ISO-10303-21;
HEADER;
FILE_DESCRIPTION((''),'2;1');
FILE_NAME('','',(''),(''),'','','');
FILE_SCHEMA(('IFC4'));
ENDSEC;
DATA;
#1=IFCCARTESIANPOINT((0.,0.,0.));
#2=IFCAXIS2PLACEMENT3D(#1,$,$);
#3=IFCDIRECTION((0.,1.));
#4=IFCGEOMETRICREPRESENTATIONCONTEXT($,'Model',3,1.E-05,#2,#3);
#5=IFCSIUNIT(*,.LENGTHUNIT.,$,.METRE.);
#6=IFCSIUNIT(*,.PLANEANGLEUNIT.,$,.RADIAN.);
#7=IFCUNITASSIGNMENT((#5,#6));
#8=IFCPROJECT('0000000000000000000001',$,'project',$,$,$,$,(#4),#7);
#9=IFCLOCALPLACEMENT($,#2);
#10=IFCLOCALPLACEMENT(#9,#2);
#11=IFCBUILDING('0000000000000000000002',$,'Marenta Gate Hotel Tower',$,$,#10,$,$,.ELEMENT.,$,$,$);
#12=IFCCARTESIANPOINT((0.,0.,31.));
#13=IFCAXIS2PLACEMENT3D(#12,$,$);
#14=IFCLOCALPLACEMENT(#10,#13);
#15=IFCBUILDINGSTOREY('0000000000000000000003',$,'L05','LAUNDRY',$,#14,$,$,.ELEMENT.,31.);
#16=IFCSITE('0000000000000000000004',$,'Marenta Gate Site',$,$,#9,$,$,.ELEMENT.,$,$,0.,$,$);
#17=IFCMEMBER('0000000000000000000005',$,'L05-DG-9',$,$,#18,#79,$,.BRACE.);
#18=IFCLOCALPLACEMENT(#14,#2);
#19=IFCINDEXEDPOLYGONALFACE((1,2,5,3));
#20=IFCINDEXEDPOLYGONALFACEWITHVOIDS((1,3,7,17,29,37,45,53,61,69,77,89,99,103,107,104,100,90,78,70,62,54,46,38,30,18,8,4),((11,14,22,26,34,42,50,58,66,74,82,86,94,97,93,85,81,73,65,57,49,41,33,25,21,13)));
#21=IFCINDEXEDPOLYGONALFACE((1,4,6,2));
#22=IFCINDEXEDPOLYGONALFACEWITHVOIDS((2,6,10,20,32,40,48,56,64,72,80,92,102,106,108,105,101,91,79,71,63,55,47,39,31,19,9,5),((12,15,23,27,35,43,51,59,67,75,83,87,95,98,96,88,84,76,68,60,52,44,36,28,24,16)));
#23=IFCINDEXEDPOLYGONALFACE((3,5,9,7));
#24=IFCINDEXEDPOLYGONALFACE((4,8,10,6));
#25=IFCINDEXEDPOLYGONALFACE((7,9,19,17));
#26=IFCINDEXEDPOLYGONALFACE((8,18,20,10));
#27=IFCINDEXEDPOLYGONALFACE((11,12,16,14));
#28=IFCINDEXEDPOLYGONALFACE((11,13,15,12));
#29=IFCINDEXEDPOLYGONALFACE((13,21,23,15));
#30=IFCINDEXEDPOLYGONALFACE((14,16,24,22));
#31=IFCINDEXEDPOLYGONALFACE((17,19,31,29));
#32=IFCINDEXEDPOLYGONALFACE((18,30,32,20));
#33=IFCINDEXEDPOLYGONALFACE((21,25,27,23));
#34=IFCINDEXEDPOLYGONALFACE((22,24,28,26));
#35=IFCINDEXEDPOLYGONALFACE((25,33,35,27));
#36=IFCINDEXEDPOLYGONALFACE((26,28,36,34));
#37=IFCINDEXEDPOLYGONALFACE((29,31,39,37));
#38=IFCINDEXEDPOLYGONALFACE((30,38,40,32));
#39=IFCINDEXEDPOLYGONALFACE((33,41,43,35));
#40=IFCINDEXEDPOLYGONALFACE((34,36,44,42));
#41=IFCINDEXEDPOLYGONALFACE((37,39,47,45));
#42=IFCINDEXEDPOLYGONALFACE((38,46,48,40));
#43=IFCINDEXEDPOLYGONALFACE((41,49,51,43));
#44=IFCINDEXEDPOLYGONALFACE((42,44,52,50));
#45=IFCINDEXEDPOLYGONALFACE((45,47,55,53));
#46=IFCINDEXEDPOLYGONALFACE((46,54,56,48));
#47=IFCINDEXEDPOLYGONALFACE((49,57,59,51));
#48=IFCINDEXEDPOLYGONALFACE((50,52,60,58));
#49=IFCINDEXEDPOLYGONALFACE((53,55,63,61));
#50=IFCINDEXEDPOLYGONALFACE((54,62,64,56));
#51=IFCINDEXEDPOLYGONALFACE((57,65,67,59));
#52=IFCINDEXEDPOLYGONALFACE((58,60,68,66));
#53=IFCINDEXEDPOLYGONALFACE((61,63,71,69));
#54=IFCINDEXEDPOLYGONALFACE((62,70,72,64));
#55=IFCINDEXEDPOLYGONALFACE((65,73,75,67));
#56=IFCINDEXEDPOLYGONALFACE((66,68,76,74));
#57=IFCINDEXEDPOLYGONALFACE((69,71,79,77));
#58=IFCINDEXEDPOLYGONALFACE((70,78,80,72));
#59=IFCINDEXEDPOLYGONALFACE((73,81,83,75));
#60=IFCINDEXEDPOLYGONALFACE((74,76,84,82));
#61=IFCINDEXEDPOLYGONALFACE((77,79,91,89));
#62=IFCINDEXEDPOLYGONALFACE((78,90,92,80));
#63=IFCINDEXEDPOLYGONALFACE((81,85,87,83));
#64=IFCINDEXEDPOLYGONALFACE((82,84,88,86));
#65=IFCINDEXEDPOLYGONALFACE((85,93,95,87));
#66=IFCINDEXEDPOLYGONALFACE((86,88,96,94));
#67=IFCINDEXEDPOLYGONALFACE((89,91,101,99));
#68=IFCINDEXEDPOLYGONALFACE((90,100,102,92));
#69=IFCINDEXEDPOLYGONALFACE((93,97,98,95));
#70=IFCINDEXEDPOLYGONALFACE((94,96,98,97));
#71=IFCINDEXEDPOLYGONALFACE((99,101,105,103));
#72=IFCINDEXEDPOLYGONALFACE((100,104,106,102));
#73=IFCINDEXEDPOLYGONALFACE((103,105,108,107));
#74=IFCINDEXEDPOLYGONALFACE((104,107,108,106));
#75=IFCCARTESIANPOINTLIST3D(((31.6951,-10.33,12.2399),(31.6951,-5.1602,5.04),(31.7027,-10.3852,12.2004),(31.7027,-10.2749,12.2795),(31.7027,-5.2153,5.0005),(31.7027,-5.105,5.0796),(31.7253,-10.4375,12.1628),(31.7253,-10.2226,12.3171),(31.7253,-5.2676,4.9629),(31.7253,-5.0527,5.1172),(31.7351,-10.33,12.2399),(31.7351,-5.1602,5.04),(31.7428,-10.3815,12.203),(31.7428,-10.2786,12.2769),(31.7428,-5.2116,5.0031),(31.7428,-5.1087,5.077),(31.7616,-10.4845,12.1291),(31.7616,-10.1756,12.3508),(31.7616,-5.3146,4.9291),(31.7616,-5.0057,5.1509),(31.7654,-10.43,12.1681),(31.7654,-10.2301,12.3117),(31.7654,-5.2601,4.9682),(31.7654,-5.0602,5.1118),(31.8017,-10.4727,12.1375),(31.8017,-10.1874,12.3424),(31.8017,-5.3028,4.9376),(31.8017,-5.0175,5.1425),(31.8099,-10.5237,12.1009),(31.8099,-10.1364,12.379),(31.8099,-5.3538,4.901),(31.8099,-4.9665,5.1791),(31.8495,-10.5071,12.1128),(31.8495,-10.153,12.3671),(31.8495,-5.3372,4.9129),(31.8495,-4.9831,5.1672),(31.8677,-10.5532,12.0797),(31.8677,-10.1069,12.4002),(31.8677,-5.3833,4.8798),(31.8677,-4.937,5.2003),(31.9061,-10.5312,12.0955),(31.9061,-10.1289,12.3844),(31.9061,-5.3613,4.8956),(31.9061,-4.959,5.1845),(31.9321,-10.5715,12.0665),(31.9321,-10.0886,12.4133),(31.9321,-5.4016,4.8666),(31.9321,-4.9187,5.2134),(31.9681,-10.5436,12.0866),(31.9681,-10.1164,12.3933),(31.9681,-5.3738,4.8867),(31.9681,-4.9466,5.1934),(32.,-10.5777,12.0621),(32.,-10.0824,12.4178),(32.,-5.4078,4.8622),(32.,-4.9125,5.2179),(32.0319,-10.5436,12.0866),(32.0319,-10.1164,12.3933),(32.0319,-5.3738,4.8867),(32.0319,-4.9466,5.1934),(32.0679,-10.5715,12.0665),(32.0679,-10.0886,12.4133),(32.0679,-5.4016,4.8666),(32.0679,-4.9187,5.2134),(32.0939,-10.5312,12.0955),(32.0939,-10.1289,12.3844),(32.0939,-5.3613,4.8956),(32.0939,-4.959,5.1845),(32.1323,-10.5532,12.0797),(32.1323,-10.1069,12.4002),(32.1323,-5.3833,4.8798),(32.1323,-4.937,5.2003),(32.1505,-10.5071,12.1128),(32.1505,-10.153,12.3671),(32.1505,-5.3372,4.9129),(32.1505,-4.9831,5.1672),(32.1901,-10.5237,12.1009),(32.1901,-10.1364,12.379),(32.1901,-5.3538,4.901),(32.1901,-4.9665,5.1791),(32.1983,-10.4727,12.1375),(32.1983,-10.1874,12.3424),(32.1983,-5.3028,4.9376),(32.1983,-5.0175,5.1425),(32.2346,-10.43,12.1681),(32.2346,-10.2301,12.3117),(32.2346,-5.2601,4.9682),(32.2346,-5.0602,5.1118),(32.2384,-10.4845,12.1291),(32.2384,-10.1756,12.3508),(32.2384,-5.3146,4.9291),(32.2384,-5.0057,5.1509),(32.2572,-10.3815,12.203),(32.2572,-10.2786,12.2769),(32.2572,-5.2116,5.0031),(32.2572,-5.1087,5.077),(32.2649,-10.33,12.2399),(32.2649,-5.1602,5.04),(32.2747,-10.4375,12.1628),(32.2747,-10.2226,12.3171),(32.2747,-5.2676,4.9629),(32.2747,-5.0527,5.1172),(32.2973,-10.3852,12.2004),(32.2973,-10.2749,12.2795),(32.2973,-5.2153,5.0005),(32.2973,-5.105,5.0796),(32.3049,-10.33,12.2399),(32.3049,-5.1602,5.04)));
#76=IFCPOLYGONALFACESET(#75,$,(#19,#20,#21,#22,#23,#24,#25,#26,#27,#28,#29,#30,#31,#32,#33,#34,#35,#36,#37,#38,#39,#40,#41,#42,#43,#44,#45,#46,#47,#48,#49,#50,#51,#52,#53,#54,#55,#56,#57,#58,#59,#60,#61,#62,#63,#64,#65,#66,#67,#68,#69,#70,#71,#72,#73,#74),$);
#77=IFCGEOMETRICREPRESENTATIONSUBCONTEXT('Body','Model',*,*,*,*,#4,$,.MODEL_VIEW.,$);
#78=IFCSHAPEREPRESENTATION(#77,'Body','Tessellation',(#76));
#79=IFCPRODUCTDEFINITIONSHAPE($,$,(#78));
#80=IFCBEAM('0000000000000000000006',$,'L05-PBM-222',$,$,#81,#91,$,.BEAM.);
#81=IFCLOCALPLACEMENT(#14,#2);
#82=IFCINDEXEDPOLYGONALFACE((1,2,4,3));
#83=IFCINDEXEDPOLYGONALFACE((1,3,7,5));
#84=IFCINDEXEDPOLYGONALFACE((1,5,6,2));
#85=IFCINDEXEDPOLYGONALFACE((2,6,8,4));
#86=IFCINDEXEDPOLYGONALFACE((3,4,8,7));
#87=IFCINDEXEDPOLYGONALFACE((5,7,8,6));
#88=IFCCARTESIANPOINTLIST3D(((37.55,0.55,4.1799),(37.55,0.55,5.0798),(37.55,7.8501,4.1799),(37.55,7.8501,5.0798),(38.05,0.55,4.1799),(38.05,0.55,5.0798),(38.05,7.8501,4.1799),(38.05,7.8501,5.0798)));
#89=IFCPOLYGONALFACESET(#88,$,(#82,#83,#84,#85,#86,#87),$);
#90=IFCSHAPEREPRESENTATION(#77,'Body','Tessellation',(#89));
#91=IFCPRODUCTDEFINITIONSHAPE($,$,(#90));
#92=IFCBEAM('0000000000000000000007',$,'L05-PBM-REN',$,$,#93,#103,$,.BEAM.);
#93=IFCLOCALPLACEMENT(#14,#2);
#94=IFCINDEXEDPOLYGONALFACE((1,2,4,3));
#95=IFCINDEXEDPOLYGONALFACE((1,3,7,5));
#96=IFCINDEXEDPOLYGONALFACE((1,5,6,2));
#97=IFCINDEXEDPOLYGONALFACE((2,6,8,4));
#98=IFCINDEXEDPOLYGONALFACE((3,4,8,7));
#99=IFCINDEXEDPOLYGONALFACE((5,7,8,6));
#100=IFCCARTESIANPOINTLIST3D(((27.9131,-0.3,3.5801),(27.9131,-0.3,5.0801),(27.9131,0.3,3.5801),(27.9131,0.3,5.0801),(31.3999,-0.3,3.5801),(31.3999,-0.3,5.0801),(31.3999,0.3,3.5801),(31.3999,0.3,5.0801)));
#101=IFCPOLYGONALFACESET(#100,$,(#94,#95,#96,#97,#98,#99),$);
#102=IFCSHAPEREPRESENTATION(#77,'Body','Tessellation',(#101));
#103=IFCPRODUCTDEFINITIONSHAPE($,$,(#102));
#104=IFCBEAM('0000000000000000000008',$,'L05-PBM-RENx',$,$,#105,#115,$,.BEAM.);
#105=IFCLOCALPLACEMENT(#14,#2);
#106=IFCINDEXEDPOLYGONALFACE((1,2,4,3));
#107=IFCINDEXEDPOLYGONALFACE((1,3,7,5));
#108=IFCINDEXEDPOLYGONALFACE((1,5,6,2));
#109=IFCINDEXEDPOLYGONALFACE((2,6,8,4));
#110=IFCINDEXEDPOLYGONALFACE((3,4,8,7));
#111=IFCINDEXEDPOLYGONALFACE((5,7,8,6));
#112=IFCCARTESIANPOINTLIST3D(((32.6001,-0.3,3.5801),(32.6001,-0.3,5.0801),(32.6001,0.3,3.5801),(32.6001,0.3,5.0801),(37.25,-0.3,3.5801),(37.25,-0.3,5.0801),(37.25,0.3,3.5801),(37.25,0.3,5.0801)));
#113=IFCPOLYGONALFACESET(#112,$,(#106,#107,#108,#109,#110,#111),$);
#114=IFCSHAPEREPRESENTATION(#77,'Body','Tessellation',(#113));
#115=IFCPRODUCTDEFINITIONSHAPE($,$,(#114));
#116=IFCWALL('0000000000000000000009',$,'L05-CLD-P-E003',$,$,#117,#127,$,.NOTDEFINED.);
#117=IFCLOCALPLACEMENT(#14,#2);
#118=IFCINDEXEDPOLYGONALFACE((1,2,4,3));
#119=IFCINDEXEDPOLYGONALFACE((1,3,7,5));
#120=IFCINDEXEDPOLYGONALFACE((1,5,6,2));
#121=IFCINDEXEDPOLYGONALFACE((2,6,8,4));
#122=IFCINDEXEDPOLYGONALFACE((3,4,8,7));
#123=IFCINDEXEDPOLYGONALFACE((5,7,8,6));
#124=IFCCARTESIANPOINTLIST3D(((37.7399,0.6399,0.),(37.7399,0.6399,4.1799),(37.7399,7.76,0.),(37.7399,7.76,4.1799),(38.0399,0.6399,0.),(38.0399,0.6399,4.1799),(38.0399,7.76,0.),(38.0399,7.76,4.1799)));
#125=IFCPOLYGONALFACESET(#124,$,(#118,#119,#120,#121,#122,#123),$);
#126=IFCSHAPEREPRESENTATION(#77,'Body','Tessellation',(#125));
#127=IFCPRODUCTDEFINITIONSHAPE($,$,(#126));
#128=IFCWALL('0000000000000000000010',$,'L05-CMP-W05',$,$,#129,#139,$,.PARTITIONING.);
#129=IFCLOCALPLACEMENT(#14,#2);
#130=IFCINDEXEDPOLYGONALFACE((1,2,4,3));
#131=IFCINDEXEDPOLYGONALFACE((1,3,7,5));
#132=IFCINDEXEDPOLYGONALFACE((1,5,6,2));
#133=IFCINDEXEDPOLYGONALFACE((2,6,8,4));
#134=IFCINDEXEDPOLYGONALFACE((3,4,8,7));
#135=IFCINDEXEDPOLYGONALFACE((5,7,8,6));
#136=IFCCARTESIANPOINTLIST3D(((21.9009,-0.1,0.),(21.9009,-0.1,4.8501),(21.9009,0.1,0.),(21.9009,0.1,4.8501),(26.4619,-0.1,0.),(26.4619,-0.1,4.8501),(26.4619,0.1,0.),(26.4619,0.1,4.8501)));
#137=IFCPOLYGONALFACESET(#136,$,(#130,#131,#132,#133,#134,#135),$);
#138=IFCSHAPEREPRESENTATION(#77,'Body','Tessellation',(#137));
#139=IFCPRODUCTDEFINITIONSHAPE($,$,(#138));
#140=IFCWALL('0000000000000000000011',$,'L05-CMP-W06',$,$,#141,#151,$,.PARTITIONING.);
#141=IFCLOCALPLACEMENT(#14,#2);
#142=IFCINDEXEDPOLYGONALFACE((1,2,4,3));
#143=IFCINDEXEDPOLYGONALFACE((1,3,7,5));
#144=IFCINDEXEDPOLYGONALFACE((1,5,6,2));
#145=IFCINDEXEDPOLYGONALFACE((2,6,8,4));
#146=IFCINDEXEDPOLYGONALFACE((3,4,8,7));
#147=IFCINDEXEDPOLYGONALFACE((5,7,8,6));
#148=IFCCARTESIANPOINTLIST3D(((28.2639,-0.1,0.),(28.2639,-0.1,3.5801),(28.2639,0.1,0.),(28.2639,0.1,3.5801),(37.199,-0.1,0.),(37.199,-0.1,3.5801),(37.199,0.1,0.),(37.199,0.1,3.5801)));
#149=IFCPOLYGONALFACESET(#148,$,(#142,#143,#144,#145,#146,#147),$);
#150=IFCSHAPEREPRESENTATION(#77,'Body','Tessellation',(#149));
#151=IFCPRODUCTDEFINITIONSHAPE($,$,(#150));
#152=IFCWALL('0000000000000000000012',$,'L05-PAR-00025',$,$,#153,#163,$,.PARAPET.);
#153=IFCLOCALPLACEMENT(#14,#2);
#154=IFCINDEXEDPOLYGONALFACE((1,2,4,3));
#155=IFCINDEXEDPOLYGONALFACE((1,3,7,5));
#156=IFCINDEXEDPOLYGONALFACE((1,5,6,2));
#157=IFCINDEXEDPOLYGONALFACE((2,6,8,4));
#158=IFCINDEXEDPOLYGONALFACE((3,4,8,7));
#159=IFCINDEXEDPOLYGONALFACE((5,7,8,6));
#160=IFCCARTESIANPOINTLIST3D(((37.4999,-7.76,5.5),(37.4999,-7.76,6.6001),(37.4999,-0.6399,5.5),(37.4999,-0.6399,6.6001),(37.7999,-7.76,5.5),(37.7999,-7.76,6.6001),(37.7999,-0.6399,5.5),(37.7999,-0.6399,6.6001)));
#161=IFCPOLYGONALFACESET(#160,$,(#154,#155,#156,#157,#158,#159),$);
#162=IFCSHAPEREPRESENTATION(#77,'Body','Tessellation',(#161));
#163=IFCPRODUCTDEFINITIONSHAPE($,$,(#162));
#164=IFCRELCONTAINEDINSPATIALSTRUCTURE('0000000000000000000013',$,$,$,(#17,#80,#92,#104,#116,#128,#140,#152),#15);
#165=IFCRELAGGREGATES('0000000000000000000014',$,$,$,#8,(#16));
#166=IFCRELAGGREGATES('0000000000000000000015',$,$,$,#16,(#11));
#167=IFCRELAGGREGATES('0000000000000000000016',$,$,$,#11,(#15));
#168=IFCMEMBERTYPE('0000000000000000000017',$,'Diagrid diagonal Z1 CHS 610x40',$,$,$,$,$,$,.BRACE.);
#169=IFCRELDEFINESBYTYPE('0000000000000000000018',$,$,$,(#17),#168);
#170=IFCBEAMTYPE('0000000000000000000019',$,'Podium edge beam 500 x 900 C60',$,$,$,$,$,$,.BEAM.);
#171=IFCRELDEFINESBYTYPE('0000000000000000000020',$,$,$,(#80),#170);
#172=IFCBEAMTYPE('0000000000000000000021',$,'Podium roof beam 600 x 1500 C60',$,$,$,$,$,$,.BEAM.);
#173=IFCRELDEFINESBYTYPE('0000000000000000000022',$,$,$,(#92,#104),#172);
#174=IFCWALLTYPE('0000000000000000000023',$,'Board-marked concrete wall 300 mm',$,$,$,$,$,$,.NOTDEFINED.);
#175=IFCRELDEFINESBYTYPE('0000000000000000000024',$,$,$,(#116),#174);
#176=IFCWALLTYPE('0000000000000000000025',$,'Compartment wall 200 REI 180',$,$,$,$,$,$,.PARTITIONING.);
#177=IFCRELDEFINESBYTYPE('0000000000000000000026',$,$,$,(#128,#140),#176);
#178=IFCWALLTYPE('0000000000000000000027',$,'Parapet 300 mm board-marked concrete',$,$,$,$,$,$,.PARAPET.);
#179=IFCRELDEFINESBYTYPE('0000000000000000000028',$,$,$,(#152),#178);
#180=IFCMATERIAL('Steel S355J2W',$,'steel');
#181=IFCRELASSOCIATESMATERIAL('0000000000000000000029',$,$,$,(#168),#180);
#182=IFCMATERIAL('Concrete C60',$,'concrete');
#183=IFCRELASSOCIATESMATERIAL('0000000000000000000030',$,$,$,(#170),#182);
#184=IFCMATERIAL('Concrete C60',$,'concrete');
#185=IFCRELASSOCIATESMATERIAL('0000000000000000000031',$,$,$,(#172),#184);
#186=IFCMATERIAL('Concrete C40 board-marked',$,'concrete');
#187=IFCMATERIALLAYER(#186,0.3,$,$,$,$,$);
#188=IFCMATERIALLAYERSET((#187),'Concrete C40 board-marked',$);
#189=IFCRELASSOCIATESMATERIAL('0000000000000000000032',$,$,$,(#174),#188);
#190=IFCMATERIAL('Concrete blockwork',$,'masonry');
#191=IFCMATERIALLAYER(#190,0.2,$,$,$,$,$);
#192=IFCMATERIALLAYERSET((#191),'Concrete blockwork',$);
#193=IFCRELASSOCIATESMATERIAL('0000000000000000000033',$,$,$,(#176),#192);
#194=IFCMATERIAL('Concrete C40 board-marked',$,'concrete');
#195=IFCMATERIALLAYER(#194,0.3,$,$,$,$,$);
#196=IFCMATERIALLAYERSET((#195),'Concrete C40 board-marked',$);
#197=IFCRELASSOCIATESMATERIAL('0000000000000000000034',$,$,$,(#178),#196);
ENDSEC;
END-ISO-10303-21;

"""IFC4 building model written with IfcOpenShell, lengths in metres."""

from ifc_helpers import new_model, si_unit, direction, frame, frame_2d, origin, origin_2d, place, context, subcontext, project, spatial, rectangle, hollow_circle, extrude, material, layer, layer_set, material_profile, profile_set, type_object, element, save


model = new_model("IFC4")

# Units and contexts
model_context = context("Model", 3, precision=1e-05, world=origin(), true_north=direction((0.0, 1.0)))
body_context = subcontext(model_context, "Body", "Model", "MODEL_VIEW")
ifc_project = project(units=[si_unit("LENGTHUNIT", "METRE"), si_unit("PLANEANGLEUNIT", "RADIAN")], contexts=[model_context])

# Site, building, storey
site_placement = place(None, origin())
site = spatial("IfcSite", under=ifc_project, at=site_placement, Name="Marenta Gate Site", CompositionType="ELEMENT", RefElevation=0.0)
building_placement = place(site_placement, origin())
building = spatial("IfcBuilding", under=site, at=building_placement, Name="Marenta Gate Hotel Tower", CompositionType="ELEMENT")
storey_placement = place(building_placement, frame((0.0, 0.0, 31.0)))
storey = spatial("IfcBuildingStorey", under=building, at=storey_placement, Name="L05", Description="LAUNDRY", CompositionType="ELEMENT", Elevation=31.0)

# Member
ifc_material_1 = material(Name="Steel S355J2W", Category="steel")
ifc_material_profile_1 = material_profile(ifc_material_1, hollow_circle(Radius=0.3049, WallThickness=0.04, at=origin_2d()), Name="CHS 610x40")
ifc_profile_set_1 = profile_set([ifc_material_profile_1], Name="Steel S355J2W")
member_type = type_object("IfcMemberType", Name="Diagrid diagonal Z1 CHS 610x40", PredefinedType="BRACE", material=ifc_profile_set_1)
member_1_placement = place(storey_placement, frame((32.0, -5.1602, 5.04), z_axis=(0.0, -0.583261, 0.812285), x_axis=(1.0, 0.0, 0.0)))
element("IfcMember", 1, at=member_1_placement, inside=storey, type_object=member_type, Name="L05-DG-9", PredefinedType="BRACE", context=body_context, shape_type="SweptSolid", body=[
    extrude(hollow_circle(Radius=0.3049, WallThickness=0.04, at=origin_2d()), origin(), (0.0, 0.0, 1.0), 8.8638),
])

# Beams
ifc_material_2 = material(Name="Concrete C60", Category="concrete")
ifc_material_profile_2 = material_profile(ifc_material_2, rectangle(XDim=0.5, YDim=0.8999, at=origin_2d()), Name="500 x 900")
ifc_profile_set_2 = profile_set([ifc_material_profile_2], Name="Concrete C60")
beam_type_1 = type_object("IfcBeamType", Name="Podium edge beam 500 x 900 C60", PredefinedType="BEAM", material=ifc_profile_set_2)
beam_1_placement = place(storey_placement, frame((37.8, 0.55, 4.6299), z_axis=(0.0, 1.0, 0.0), x_axis=(-1.0, 0.0, 0.0)))
element("IfcBeam", 2, at=beam_1_placement, inside=storey, type_object=beam_type_1, Name="L05-PBM-222", PredefinedType="BEAM", context=body_context, shape_type="SweptSolid", body=[
    extrude(rectangle(XDim=0.5, YDim=0.8999, at=origin_2d()), origin(), (0.0, 0.0, 1.0), 7.3),
])
ifc_material_3 = material(Name="Concrete C60", Category="concrete")
ifc_material_profile_3 = material_profile(ifc_material_3, rectangle(XDim=0.6001, YDim=1.5, at=origin_2d()), Name="600 x 1500")
ifc_profile_set_3 = profile_set([ifc_material_profile_3], Name="Concrete C60")
beam_type_2 = type_object("IfcBeamType", Name="Podium roof beam 600 x 1500 C60", PredefinedType="BEAM", material=ifc_profile_set_3)
beam_2_placement = place(storey_placement, frame((27.9131, 0.0, 4.3301), z_axis=(1.0, 0.0, 0.0), x_axis=(0.0, 1.0, 0.0)))
element("IfcBeam", 3, at=beam_2_placement, inside=storey, type_object=beam_type_2, Name="L05-PBM-REN", PredefinedType="BEAM", context=body_context, shape_type="SweptSolid", body=[
    extrude(rectangle(XDim=0.6001, YDim=1.5, at=origin_2d()), origin(), (0.0, 0.0, 1.0), 3.4868),
])
beam_3_placement = place(storey_placement, frame((32.6001, 0.0, 4.3301), z_axis=(1.0, 0.0, 0.0), x_axis=(0.0, 1.0, 0.0)))
element("IfcBeam", 4, at=beam_3_placement, inside=storey, type_object=beam_type_2, Name="L05-PBM-RENx", PredefinedType="BEAM", context=body_context, shape_type="SweptSolid", body=[
    extrude(rectangle(XDim=0.6001, YDim=1.5, at=origin_2d()), origin(), (0.0, 0.0, 1.0), 4.6499),
])

# Walls
ifc_material_4 = material(Name="Concrete C40 board-marked", Category="concrete")
ifc_layer_1 = layer(ifc_material_4, 0.3)
ifc_layer_set_1 = layer_set([ifc_layer_1], Name="Concrete C40 board-marked")
wall_type_1 = type_object("IfcWallType", Name="Board-marked concrete wall 300 mm", PredefinedType="NOTDEFINED", material=ifc_layer_set_1)
wall_1_placement = place(storey_placement, frame((37.8899, 0.6399, 0.0), z_axis=(0.0, 0.0, 1.0), x_axis=(0.0, 1.0, 0.0)))
element("IfcWall", 5, at=wall_1_placement, inside=storey, type_object=wall_type_1, Name="L05-CLD-P-E003", PredefinedType="NOTDEFINED", context=body_context, shape_type="SweptSolid", body=[
    extrude(rectangle(XDim=7.1201, YDim=0.3, at=frame_2d((3.5601, 0.0))), origin(), (0.0, 0.0, 1.0), 4.1799),
])
ifc_material_5 = material(Name="Concrete blockwork", Category="masonry")
ifc_layer_2 = layer(ifc_material_5, 0.2)
ifc_layer_set_2 = layer_set([ifc_layer_2], Name="Concrete blockwork")
wall_type_2 = type_object("IfcWallType", Name="Compartment wall 200 REI 180", PredefinedType="PARTITIONING", material=ifc_layer_set_2)
wall_2_placement = place(storey_placement, frame((21.9009, 0.0, 0.0), z_axis=(0.0, 0.0, 1.0), x_axis=(1.0, 0.0, 0.0)))
element("IfcWall", 6, at=wall_2_placement, inside=storey, type_object=wall_type_2, Name="L05-CMP-W05", PredefinedType="PARTITIONING", context=body_context, shape_type="SweptSolid", body=[
    extrude(rectangle(XDim=4.561, YDim=0.2, at=frame_2d((2.2805, 0.0))), origin(), (0.0, 0.0, 1.0), 4.8501),
])
wall_3_placement = place(storey_placement, frame((28.2639, 0.0, 0.0), z_axis=(0.0, 0.0, 1.0), x_axis=(1.0, 0.0, 0.0)))
element("IfcWall", 7, at=wall_3_placement, inside=storey, type_object=wall_type_2, Name="L05-CMP-W06", PredefinedType="PARTITIONING", context=body_context, shape_type="SweptSolid", body=[
    extrude(rectangle(XDim=8.9351, YDim=0.2, at=frame_2d((4.4675, 0.0))), origin(), (0.0, 0.0, 1.0), 3.5801),
])
ifc_material_6 = material(Name="Concrete C40 board-marked", Category="concrete")
ifc_layer_3 = layer(ifc_material_6, 0.3)
ifc_layer_set_3 = layer_set([ifc_layer_3], Name="Concrete C40 board-marked")
wall_type_3 = type_object("IfcWallType", Name="Parapet 300 mm board-marked concrete", PredefinedType="PARAPET", material=ifc_layer_set_3)
wall_4_placement = place(storey_placement, frame((37.6499, -0.6399, 5.5), z_axis=(0.0, 0.0, 1.0), x_axis=(0.0, -1.0, 0.0)))
element("IfcWall", 8, at=wall_4_placement, inside=storey, type_object=wall_type_3, Name="L05-PAR-00025", PredefinedType="PARAPET", context=body_context, shape_type="SweptSolid", body=[
    extrude(rectangle(XDim=7.1201, YDim=0.3, at=frame_2d((3.5601, 0.0))), origin(), (0.0, 0.0, 1.0), 1.1001),
])

save(model, "model.ifc")
